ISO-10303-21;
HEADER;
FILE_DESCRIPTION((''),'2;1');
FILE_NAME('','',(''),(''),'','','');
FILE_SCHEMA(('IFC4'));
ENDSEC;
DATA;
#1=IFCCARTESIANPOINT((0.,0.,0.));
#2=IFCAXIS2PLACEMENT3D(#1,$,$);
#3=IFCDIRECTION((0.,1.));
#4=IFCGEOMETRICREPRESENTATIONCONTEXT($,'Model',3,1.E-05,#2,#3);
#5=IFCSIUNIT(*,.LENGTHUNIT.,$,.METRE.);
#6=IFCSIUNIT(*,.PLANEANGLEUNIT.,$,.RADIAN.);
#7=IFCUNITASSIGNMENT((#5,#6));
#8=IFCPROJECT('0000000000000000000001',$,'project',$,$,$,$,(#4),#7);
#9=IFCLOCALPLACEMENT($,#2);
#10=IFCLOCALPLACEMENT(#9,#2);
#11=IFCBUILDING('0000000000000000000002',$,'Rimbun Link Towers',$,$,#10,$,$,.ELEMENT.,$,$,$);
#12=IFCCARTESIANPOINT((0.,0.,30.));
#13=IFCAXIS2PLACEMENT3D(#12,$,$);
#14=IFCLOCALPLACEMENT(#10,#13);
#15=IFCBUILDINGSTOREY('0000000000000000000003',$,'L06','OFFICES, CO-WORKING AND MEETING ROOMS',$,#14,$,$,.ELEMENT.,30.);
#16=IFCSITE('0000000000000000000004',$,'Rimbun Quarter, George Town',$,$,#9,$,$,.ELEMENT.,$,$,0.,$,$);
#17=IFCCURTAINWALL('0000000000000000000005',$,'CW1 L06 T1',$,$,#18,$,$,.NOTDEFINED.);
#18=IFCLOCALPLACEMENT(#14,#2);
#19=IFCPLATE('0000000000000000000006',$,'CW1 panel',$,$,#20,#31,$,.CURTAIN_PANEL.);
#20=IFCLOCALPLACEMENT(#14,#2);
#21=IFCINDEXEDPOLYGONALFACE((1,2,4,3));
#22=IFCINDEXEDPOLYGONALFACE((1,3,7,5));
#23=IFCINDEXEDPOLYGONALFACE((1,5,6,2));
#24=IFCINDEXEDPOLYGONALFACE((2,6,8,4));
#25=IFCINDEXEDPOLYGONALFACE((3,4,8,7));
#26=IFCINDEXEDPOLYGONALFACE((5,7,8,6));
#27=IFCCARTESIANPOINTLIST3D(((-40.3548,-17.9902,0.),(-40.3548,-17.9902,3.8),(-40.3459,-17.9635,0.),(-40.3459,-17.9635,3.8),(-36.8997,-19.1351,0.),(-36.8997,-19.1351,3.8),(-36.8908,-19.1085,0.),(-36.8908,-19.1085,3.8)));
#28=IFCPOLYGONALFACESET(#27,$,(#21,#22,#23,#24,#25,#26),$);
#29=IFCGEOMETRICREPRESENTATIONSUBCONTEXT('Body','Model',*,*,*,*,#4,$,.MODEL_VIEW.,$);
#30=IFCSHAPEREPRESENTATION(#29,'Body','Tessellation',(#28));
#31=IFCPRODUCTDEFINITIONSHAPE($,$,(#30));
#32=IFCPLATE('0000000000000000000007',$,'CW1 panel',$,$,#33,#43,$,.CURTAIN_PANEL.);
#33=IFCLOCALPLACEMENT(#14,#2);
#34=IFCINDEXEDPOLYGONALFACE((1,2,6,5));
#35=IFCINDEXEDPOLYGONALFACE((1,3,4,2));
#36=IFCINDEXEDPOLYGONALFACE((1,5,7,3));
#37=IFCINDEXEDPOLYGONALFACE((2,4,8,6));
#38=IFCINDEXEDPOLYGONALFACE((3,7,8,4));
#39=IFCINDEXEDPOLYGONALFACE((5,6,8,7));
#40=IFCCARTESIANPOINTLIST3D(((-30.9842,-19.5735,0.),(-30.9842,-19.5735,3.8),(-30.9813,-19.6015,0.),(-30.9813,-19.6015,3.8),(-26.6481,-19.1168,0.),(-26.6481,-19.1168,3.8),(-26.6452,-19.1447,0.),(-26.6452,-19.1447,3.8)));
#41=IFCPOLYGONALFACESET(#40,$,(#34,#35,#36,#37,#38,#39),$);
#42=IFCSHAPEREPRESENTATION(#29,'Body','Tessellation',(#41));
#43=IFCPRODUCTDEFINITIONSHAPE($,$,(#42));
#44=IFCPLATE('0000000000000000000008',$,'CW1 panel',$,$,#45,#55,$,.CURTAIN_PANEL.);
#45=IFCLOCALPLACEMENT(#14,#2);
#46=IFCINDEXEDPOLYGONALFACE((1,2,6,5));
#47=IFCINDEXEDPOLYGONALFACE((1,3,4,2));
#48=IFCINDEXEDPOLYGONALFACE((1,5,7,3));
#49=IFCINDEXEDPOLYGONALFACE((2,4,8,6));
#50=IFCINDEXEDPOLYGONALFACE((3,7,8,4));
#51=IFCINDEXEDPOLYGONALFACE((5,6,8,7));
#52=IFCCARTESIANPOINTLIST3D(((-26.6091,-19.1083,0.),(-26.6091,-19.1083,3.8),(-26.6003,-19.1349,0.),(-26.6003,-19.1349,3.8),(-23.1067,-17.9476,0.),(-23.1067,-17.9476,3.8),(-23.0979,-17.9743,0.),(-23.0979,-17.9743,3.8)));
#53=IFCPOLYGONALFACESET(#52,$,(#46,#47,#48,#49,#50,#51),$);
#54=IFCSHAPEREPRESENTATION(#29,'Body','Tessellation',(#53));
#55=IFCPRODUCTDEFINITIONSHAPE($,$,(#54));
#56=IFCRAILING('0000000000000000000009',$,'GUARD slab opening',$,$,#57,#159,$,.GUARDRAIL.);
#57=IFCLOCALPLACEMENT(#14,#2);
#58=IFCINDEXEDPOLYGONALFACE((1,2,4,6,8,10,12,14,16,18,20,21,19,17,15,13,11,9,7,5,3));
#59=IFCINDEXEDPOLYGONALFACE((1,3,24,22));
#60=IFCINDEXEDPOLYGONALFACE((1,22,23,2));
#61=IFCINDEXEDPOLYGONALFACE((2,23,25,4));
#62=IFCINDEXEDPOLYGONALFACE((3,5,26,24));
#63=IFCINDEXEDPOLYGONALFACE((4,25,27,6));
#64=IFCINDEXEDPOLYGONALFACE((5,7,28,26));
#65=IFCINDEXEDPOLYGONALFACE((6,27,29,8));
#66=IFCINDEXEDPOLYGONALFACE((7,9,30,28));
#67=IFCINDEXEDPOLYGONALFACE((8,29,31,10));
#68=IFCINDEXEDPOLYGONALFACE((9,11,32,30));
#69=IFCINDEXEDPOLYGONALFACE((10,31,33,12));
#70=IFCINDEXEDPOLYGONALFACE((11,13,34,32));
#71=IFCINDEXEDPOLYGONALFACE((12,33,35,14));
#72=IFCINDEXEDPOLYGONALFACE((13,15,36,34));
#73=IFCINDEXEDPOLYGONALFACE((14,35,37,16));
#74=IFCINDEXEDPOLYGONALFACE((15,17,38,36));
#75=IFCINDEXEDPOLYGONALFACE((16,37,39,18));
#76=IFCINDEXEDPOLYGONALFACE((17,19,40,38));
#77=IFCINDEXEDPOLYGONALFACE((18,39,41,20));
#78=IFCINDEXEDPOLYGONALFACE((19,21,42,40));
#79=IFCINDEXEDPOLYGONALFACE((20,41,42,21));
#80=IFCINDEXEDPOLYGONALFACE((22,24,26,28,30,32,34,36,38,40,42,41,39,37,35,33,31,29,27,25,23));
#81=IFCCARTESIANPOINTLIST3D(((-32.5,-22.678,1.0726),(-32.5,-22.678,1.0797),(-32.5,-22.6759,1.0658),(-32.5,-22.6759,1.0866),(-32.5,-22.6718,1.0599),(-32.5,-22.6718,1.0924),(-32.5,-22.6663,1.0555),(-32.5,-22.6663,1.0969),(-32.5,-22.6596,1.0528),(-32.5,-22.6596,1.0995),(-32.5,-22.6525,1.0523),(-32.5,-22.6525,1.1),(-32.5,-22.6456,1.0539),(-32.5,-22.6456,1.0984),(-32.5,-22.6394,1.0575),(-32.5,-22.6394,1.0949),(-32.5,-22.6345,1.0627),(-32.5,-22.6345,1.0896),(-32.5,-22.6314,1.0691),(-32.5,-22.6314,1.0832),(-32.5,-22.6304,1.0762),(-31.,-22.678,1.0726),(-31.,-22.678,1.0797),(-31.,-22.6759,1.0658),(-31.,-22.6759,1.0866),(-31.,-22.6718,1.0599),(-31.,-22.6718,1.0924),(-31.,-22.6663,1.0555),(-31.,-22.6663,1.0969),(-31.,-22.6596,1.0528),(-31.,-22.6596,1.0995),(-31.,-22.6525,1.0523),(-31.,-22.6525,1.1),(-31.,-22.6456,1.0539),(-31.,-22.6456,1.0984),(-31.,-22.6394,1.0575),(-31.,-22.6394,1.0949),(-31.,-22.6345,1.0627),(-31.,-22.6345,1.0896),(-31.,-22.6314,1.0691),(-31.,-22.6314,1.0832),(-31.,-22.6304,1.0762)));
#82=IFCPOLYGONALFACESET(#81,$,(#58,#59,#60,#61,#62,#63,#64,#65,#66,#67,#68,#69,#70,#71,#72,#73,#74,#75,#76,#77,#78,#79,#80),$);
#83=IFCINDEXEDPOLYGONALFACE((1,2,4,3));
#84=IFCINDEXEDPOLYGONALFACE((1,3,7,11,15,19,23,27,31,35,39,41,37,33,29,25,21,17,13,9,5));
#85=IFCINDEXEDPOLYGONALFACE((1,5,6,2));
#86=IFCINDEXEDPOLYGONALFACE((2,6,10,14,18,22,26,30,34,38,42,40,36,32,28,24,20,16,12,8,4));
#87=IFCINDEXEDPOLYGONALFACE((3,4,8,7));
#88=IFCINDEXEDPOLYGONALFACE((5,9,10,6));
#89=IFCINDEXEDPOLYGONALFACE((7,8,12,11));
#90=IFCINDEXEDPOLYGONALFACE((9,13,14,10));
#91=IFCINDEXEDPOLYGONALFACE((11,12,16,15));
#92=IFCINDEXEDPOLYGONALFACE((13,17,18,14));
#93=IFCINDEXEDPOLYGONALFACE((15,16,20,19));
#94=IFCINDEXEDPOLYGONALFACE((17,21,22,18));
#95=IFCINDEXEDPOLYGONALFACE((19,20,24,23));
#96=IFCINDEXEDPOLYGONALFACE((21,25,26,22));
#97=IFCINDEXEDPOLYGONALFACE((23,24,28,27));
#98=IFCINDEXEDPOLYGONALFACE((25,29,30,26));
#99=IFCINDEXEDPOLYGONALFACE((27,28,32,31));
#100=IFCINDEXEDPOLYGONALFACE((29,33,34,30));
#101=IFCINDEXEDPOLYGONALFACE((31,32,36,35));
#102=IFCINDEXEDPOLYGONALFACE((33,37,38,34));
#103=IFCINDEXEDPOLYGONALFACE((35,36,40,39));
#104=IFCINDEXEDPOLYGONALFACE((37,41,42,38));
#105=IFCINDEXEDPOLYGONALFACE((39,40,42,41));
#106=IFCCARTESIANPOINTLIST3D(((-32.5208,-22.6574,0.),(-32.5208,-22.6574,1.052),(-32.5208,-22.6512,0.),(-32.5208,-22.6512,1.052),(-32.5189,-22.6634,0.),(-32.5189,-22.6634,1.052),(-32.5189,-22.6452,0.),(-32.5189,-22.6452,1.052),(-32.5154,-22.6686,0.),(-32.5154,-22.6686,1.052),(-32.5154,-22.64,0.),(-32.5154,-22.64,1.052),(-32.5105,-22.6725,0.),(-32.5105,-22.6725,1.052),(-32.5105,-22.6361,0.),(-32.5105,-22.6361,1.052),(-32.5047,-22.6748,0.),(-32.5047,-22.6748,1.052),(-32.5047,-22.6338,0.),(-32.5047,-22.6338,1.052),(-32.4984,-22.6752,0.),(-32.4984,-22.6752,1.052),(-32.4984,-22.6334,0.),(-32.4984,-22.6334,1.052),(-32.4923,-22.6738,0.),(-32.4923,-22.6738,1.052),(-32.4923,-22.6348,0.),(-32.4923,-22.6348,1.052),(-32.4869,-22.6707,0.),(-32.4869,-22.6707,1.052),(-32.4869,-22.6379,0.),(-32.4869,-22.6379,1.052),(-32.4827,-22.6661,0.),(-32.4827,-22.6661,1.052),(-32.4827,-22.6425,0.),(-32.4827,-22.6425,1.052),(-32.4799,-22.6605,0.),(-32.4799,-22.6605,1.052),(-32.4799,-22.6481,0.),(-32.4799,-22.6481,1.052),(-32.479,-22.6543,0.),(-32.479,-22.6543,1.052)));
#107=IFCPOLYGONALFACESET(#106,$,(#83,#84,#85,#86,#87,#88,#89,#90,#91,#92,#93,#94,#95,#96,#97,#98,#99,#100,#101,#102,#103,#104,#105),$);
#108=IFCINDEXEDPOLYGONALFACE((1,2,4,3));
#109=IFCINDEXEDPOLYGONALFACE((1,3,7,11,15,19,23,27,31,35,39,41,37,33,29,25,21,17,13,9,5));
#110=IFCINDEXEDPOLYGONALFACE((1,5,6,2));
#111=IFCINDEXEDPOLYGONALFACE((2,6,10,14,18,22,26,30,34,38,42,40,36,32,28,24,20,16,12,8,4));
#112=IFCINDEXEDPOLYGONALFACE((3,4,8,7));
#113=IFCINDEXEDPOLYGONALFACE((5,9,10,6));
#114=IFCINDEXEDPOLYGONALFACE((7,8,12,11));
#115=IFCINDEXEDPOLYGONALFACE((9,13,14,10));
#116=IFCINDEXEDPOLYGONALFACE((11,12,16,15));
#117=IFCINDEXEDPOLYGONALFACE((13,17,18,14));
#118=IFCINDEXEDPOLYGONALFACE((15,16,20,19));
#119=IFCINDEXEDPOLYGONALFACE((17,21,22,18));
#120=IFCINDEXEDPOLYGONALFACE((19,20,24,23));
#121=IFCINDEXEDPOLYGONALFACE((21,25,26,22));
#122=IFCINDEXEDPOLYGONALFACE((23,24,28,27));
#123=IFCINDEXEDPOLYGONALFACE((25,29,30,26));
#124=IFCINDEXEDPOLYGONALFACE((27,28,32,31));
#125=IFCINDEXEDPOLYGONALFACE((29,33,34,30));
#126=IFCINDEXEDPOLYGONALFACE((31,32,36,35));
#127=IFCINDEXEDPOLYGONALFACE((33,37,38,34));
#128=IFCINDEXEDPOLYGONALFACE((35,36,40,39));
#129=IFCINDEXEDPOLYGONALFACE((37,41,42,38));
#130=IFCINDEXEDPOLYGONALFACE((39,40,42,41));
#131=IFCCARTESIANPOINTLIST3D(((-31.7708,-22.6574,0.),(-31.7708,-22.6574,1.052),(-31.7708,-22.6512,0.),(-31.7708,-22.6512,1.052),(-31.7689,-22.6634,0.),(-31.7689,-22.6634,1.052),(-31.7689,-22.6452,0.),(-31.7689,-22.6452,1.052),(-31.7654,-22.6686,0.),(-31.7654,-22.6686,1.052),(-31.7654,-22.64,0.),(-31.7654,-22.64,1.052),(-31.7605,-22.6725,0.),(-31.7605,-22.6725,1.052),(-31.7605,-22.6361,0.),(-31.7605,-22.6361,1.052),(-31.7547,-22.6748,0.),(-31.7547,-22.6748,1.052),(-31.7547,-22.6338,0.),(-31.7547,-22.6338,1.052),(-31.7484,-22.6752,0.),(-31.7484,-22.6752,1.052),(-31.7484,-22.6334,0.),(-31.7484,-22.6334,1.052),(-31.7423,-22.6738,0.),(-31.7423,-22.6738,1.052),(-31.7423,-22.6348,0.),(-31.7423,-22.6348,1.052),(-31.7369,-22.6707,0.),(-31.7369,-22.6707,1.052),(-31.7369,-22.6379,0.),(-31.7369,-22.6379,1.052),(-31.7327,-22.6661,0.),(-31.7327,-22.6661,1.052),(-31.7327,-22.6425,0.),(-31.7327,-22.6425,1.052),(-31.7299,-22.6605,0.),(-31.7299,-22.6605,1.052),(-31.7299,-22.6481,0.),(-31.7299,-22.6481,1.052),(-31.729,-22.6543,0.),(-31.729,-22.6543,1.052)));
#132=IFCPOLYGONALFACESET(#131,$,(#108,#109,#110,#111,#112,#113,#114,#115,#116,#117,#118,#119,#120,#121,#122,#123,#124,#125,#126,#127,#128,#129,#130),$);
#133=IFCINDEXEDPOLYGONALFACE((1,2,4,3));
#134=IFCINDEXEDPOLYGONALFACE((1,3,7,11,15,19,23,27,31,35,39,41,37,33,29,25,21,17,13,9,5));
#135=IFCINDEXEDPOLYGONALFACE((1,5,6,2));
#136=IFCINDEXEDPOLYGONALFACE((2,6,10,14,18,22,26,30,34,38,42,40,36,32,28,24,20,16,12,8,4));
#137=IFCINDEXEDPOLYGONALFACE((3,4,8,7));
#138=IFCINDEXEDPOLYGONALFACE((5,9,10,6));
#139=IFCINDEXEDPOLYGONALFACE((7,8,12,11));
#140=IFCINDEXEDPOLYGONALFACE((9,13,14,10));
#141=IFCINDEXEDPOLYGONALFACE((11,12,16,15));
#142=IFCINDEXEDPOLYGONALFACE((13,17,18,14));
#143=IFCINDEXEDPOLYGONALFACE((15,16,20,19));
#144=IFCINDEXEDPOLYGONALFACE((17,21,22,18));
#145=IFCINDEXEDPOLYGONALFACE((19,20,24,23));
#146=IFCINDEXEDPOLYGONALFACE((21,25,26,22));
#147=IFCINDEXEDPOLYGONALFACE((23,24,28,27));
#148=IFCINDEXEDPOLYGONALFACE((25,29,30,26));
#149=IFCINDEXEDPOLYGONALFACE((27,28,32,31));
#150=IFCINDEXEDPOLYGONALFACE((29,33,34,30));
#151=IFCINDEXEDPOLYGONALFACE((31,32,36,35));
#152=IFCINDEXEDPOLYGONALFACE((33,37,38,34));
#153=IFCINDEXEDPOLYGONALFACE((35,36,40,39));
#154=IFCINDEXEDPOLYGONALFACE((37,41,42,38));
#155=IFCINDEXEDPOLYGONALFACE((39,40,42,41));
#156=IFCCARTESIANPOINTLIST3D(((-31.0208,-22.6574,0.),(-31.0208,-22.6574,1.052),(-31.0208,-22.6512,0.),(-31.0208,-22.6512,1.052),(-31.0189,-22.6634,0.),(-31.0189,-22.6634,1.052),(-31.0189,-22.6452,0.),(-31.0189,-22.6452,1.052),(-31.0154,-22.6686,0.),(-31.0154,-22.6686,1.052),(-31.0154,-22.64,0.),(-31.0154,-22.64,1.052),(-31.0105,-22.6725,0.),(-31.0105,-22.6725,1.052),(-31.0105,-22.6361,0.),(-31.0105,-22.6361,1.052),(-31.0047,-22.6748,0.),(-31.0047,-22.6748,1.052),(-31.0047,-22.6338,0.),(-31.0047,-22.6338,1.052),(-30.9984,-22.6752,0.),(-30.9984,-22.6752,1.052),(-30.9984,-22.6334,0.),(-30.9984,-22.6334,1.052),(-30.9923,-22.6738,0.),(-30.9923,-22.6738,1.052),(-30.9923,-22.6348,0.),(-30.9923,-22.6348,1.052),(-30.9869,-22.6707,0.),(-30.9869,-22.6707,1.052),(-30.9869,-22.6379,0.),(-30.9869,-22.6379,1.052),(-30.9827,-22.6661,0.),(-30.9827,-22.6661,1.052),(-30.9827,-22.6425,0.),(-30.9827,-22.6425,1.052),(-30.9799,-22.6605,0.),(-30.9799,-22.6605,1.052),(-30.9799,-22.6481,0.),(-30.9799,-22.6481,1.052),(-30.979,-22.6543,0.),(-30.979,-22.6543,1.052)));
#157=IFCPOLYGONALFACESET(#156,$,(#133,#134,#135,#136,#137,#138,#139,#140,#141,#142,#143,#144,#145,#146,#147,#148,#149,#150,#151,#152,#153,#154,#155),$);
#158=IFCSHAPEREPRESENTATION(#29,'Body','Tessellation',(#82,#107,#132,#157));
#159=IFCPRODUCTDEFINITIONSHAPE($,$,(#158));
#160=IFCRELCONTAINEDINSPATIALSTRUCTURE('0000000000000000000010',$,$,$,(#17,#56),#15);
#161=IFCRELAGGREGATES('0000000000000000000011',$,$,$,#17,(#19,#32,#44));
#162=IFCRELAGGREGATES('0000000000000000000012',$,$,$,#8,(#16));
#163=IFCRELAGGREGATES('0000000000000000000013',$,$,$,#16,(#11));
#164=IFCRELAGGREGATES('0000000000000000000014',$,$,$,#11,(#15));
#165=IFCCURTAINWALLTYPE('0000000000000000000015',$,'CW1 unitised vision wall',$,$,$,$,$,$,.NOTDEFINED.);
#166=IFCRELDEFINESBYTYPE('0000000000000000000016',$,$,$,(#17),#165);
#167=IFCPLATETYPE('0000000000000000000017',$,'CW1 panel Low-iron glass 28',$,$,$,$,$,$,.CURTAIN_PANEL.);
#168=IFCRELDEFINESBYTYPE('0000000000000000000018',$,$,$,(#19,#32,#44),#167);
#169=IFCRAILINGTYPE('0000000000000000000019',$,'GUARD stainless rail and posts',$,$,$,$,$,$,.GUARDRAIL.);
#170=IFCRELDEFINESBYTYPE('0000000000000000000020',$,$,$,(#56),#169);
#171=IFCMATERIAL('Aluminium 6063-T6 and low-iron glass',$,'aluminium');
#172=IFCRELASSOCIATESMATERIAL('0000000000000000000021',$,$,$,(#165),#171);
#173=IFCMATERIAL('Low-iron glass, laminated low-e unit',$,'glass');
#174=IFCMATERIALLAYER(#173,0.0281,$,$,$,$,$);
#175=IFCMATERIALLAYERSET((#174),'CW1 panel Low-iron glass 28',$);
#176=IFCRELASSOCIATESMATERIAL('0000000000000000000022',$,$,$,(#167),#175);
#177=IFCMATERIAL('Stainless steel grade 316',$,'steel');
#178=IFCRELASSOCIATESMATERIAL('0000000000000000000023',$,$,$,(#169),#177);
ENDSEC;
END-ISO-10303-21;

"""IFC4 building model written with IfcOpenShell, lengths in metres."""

from ifc_helpers import new_model, si_unit, direction, frame, origin, origin_2d, place, context, subcontext, project, spatial, rectangle, circle, extrude, material, layer, layer_set, type_object, element, aggregate, save


model = new_model("IFC4")

# Units and contexts
model_context = context("Model", 3, precision=1e-05, world=origin(), true_north=direction((0.0, 1.0)))
body_context = subcontext(model_context, "Body", "Model", "MODEL_VIEW")
ifc_project = project(units=[si_unit("LENGTHUNIT", "METRE"), si_unit("PLANEANGLEUNIT", "RADIAN")], contexts=[model_context])

# Site, building, storey
site_placement = place(None, origin())
site = spatial("IfcSite", under=ifc_project, at=site_placement, Name="Rimbun Quarter, George Town", CompositionType="ELEMENT", RefElevation=0.0)
building_placement = place(site_placement, origin())
building = spatial("IfcBuilding", under=site, at=building_placement, Name="Rimbun Link Towers", CompositionType="ELEMENT")
storey_placement = place(building_placement, frame((0.0, 0.0, 30.0)))
storey = spatial("IfcBuildingStorey", under=building, at=storey_placement, Name="L06", Description="OFFICES, CO-WORKING AND MEETING ROOMS", CompositionType="ELEMENT", Elevation=30.0)

# Curtain wall
ifc_material_1 = material(Name="Aluminium 6063-T6 and low-iron glass", Category="aluminium")
curtain_wall_type = type_object("IfcCurtainWallType", Name="CW1 unitised vision wall", PredefinedType="NOTDEFINED", material=ifc_material_1)
curtain_wall_placement = place(storey_placement, origin())
curtain_wall = element("IfcCurtainWall", 1, at=curtain_wall_placement, inside=storey, type_object=curtain_wall_type, Name="CW1 L06 T1", PredefinedType="NOTDEFINED")

# Plates
ifc_material_2 = material(Name="Low-iron glass, laminated low-e unit", Category="glass")
ifc_layer_1 = layer(ifc_material_2, 0.0281)
ifc_layer_set_1 = layer_set([ifc_layer_1], Name="CW1 panel Low-iron glass 28")
plate_type = type_object("IfcPlateType", Name="CW1 panel Low-iron glass 28", PredefinedType="CURTAIN_PANEL", material=ifc_layer_set_1)
plate_1_placement = place(storey_placement, frame((-38.6228, -18.5493, 0.0), z_axis=(0.0, 0.0, 1.0), x_axis=(-0.949236, 0.314564, 0.0)))
plate_1 = element("IfcPlate", 2, at=plate_1_placement, type_object=plate_type, Name="CW1 panel", PredefinedType="CURTAIN_PANEL", context=body_context, shape_type="SweptSolid", body=[
    extrude(rectangle(XDim=3.6399, YDim=0.0281, at=origin_2d()), origin(), (0.0, 0.0, 1.0), 3.8),
])
plate_2_placement = place(storey_placement, frame((-28.8147, -19.3591, 0.0), z_axis=(0.0, 0.0, 1.0), x_axis=(-0.994498, -0.104755, 0.0)))
plate_2 = element("IfcPlate", 3, at=plate_2_placement, type_object=plate_type, Name="CW1 panel", PredefinedType="CURTAIN_PANEL", context=body_context, shape_type="SweptSolid", body=[
    extrude(rectangle(XDim=4.3601, YDim=0.0281, at=origin_2d()), origin(), (0.0, 0.0, 1.0), 3.8),
])
plate_3_placement = place(storey_placement, frame((-24.8535, -18.5413, 0.0), z_axis=(0.0, 0.0, 1.0), x_axis=(-0.949236, -0.314564, 0.0)))
plate_3 = element("IfcPlate", 4, at=plate_3_placement, type_object=plate_type, Name="CW1 panel", PredefinedType="CURTAIN_PANEL", context=body_context, shape_type="SweptSolid", body=[
    extrude(rectangle(XDim=3.6897, YDim=0.0281, at=origin_2d()), origin(), (0.0, 0.0, 1.0), 3.8),
])
aggregate(curtain_wall, [plate_1, plate_2, plate_3])

# Railing
ifc_material_3 = material(Name="Stainless steel grade 316", Category="steel")
railing_type = type_object("IfcRailingType", Name="GUARD stainless rail and posts", PredefinedType="GUARDRAIL", material=ifc_material_3)
railing_1_placement = place(storey_placement, frame((-32.5, -22.6543, 0.0)))
element("IfcRailing", 5, at=railing_1_placement, inside=storey, type_object=railing_type, Name="GUARD slab opening", PredefinedType="GUARDRAIL", context=body_context, shape_type="SweptSolid", body=[
    extrude(circle(Radius=0.0239, at=origin_2d()), frame((0.0, 0.0, 1.0762), z_axis=(1.0, 0.0, 0.0), x_axis=(0.0, 1.0, 0.0)), (0.0, 0.0, 1.0), 1.5),
    extrude(circle(Radius=0.021, at=origin_2d()), origin(), (0.0, 0.0, 1.0), 1.052),
    extrude(circle(Radius=0.021, at=origin_2d()), frame((0.75, 0.0, 0.0)), (0.0, 0.0, 1.0), 1.052),
    extrude(circle(Radius=0.021, at=origin_2d()), frame((1.5, 0.0, 0.0)), (0.0, 0.0, 1.0), 1.052),
])

save(model, "model.ifc")
